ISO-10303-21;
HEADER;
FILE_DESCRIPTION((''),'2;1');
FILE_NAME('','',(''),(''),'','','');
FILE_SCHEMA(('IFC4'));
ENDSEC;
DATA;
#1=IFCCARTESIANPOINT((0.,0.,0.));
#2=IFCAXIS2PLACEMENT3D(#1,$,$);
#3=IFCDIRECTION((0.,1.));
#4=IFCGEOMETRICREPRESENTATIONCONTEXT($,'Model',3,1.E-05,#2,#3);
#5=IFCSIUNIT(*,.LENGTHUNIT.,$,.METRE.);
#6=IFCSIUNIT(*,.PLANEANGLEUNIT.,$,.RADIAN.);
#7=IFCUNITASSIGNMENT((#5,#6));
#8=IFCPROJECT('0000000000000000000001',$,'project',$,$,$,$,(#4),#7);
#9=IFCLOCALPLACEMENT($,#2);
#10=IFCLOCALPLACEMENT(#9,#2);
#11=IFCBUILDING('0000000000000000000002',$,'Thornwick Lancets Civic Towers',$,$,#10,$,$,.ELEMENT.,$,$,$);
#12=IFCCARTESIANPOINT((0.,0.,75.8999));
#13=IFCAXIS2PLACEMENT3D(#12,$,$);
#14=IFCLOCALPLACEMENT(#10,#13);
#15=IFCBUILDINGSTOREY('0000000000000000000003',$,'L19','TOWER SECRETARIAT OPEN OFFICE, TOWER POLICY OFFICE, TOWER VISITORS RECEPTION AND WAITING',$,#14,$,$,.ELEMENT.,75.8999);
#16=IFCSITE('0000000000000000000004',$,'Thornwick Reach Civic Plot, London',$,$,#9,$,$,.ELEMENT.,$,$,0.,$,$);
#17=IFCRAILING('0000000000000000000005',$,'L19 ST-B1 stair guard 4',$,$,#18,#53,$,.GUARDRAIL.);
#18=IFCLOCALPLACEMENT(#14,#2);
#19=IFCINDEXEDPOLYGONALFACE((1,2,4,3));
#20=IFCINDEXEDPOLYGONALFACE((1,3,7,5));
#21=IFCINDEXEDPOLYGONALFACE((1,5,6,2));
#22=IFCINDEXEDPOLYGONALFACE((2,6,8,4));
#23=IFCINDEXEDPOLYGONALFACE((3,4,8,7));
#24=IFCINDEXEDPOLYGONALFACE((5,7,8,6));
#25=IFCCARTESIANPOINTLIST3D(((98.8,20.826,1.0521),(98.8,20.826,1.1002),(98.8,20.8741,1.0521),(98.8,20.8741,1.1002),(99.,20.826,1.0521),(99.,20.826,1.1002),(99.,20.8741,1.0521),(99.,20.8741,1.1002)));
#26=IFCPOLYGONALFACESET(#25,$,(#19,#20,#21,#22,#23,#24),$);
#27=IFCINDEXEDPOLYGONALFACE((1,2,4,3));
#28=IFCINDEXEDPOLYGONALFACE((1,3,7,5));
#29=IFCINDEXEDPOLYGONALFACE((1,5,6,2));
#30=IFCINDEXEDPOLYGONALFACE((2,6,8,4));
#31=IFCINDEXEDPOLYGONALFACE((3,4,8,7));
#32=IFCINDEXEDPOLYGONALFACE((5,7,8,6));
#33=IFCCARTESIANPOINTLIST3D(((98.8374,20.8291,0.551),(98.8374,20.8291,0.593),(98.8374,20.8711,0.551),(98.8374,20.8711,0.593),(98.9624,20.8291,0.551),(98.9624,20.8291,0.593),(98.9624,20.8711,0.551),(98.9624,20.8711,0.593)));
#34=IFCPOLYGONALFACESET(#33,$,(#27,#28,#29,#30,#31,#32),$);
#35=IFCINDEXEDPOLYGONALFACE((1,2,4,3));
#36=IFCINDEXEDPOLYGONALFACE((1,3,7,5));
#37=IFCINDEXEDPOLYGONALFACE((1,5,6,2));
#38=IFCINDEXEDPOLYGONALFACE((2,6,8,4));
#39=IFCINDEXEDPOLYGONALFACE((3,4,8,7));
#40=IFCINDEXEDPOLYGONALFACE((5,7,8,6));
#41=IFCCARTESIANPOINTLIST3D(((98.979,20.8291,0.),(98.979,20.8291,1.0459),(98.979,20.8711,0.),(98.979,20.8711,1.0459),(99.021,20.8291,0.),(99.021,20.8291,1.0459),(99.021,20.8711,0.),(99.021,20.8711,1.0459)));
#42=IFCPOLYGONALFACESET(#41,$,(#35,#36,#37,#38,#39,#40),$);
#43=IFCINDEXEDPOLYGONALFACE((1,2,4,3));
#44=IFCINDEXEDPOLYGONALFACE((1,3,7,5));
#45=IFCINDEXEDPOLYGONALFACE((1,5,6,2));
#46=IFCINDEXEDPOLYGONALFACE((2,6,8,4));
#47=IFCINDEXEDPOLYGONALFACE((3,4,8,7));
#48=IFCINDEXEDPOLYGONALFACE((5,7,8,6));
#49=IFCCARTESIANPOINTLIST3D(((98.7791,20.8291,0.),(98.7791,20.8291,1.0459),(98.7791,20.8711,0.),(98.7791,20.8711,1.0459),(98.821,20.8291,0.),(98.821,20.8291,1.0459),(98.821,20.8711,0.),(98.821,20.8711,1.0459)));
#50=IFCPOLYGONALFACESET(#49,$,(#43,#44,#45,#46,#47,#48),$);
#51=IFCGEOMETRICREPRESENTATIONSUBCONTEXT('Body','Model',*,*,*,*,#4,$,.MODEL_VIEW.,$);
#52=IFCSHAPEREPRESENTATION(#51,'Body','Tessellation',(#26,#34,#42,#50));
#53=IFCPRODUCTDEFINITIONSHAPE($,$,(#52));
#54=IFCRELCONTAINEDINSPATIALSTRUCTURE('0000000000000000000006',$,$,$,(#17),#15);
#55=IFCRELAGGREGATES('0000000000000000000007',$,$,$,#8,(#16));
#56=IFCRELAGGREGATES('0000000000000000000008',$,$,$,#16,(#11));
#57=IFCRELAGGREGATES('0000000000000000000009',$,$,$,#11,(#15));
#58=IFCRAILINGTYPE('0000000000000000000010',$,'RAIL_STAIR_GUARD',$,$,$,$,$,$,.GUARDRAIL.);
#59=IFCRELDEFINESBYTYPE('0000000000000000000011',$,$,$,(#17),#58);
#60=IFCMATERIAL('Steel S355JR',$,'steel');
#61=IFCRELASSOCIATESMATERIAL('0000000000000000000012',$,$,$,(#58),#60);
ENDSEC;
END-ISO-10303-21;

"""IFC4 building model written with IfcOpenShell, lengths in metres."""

from ifc_helpers import new_model, si_unit, direction, frame, origin, origin_2d, place, context, subcontext, project, spatial, rectangle, extrude, material, type_object, element, save


model = new_model("IFC4")

# Units and contexts
model_context = context("Model", 3, precision=1e-05, world=origin(), true_north=direction((0.0, 1.0)))
body_context = subcontext(model_context, "Body", "Model", "MODEL_VIEW")
ifc_project = project(units=[si_unit("LENGTHUNIT", "METRE"), si_unit("PLANEANGLEUNIT", "RADIAN")], contexts=[model_context])

# Site, building, storey
site_placement = place(None, origin())
site = spatial("IfcSite", under=ifc_project, at=site_placement, Name="Thornwick Reach Civic Plot, London", CompositionType="ELEMENT", RefElevation=0.0)
building_placement = place(site_placement, origin())
building = spatial("IfcBuilding", under=site, at=building_placement, Name="Thornwick Lancets Civic Towers", CompositionType="ELEMENT")
storey_placement = place(building_placement, frame((0.0, 0.0, 75.8999)))
storey = spatial("IfcBuildingStorey", under=building, at=storey_placement, Name="L19", Description="TOWER SECRETARIAT OPEN OFFICE, TOWER POLICY OFFICE, TOWER VISITORS RECEPTION AND WAITING", CompositionType="ELEMENT", Elevation=75.8999)

# Shared definitions
ifc_material_1 = material(Name="Steel S355JR", Category="steel")

# Railing
railing_type_1 = type_object("IfcRailingType", Name="RAIL_STAIR_GUARD", PredefinedType="GUARDRAIL", material=ifc_material_1)
railing_1_placement = place(storey_placement, frame((99.0, 20.8501, 0.0)))
element("IfcRailing", 1, at=railing_1_placement, inside=storey, type_object=railing_type_1, Name="L19 ST-B1 stair guard 4", PredefinedType="GUARDRAIL", context=body_context, shape_type="SweptSolid", body=[
    extrude(rectangle(XDim=0.0481, YDim=0.0481, at=origin_2d()), frame((0.0, 0.0, 1.0762), z_axis=(-1.0, 0.0, 0.0), x_axis=(0.0, -1.0, 0.0)), (0.0, 0.0, 1.0), 0.2),
    extrude(rectangle(XDim=0.042, YDim=0.042, at=origin_2d()), frame((-0.0376, 0.0, 0.572), z_axis=(-1.0, 0.0, 0.0), x_axis=(0.0, -1.0, 0.0)), (0.0, 0.0, 1.0), 0.125),
    extrude(rectangle(XDim=0.042, YDim=0.042, at=origin_2d()), origin(), (0.0, 0.0, 1.0), 1.0459),
    extrude(rectangle(XDim=0.042, YDim=0.042, at=origin_2d()), frame((-0.2, 0.0, 0.0)), (0.0, 0.0, 1.0), 1.0459),
])

save(model, "model.ifc")
